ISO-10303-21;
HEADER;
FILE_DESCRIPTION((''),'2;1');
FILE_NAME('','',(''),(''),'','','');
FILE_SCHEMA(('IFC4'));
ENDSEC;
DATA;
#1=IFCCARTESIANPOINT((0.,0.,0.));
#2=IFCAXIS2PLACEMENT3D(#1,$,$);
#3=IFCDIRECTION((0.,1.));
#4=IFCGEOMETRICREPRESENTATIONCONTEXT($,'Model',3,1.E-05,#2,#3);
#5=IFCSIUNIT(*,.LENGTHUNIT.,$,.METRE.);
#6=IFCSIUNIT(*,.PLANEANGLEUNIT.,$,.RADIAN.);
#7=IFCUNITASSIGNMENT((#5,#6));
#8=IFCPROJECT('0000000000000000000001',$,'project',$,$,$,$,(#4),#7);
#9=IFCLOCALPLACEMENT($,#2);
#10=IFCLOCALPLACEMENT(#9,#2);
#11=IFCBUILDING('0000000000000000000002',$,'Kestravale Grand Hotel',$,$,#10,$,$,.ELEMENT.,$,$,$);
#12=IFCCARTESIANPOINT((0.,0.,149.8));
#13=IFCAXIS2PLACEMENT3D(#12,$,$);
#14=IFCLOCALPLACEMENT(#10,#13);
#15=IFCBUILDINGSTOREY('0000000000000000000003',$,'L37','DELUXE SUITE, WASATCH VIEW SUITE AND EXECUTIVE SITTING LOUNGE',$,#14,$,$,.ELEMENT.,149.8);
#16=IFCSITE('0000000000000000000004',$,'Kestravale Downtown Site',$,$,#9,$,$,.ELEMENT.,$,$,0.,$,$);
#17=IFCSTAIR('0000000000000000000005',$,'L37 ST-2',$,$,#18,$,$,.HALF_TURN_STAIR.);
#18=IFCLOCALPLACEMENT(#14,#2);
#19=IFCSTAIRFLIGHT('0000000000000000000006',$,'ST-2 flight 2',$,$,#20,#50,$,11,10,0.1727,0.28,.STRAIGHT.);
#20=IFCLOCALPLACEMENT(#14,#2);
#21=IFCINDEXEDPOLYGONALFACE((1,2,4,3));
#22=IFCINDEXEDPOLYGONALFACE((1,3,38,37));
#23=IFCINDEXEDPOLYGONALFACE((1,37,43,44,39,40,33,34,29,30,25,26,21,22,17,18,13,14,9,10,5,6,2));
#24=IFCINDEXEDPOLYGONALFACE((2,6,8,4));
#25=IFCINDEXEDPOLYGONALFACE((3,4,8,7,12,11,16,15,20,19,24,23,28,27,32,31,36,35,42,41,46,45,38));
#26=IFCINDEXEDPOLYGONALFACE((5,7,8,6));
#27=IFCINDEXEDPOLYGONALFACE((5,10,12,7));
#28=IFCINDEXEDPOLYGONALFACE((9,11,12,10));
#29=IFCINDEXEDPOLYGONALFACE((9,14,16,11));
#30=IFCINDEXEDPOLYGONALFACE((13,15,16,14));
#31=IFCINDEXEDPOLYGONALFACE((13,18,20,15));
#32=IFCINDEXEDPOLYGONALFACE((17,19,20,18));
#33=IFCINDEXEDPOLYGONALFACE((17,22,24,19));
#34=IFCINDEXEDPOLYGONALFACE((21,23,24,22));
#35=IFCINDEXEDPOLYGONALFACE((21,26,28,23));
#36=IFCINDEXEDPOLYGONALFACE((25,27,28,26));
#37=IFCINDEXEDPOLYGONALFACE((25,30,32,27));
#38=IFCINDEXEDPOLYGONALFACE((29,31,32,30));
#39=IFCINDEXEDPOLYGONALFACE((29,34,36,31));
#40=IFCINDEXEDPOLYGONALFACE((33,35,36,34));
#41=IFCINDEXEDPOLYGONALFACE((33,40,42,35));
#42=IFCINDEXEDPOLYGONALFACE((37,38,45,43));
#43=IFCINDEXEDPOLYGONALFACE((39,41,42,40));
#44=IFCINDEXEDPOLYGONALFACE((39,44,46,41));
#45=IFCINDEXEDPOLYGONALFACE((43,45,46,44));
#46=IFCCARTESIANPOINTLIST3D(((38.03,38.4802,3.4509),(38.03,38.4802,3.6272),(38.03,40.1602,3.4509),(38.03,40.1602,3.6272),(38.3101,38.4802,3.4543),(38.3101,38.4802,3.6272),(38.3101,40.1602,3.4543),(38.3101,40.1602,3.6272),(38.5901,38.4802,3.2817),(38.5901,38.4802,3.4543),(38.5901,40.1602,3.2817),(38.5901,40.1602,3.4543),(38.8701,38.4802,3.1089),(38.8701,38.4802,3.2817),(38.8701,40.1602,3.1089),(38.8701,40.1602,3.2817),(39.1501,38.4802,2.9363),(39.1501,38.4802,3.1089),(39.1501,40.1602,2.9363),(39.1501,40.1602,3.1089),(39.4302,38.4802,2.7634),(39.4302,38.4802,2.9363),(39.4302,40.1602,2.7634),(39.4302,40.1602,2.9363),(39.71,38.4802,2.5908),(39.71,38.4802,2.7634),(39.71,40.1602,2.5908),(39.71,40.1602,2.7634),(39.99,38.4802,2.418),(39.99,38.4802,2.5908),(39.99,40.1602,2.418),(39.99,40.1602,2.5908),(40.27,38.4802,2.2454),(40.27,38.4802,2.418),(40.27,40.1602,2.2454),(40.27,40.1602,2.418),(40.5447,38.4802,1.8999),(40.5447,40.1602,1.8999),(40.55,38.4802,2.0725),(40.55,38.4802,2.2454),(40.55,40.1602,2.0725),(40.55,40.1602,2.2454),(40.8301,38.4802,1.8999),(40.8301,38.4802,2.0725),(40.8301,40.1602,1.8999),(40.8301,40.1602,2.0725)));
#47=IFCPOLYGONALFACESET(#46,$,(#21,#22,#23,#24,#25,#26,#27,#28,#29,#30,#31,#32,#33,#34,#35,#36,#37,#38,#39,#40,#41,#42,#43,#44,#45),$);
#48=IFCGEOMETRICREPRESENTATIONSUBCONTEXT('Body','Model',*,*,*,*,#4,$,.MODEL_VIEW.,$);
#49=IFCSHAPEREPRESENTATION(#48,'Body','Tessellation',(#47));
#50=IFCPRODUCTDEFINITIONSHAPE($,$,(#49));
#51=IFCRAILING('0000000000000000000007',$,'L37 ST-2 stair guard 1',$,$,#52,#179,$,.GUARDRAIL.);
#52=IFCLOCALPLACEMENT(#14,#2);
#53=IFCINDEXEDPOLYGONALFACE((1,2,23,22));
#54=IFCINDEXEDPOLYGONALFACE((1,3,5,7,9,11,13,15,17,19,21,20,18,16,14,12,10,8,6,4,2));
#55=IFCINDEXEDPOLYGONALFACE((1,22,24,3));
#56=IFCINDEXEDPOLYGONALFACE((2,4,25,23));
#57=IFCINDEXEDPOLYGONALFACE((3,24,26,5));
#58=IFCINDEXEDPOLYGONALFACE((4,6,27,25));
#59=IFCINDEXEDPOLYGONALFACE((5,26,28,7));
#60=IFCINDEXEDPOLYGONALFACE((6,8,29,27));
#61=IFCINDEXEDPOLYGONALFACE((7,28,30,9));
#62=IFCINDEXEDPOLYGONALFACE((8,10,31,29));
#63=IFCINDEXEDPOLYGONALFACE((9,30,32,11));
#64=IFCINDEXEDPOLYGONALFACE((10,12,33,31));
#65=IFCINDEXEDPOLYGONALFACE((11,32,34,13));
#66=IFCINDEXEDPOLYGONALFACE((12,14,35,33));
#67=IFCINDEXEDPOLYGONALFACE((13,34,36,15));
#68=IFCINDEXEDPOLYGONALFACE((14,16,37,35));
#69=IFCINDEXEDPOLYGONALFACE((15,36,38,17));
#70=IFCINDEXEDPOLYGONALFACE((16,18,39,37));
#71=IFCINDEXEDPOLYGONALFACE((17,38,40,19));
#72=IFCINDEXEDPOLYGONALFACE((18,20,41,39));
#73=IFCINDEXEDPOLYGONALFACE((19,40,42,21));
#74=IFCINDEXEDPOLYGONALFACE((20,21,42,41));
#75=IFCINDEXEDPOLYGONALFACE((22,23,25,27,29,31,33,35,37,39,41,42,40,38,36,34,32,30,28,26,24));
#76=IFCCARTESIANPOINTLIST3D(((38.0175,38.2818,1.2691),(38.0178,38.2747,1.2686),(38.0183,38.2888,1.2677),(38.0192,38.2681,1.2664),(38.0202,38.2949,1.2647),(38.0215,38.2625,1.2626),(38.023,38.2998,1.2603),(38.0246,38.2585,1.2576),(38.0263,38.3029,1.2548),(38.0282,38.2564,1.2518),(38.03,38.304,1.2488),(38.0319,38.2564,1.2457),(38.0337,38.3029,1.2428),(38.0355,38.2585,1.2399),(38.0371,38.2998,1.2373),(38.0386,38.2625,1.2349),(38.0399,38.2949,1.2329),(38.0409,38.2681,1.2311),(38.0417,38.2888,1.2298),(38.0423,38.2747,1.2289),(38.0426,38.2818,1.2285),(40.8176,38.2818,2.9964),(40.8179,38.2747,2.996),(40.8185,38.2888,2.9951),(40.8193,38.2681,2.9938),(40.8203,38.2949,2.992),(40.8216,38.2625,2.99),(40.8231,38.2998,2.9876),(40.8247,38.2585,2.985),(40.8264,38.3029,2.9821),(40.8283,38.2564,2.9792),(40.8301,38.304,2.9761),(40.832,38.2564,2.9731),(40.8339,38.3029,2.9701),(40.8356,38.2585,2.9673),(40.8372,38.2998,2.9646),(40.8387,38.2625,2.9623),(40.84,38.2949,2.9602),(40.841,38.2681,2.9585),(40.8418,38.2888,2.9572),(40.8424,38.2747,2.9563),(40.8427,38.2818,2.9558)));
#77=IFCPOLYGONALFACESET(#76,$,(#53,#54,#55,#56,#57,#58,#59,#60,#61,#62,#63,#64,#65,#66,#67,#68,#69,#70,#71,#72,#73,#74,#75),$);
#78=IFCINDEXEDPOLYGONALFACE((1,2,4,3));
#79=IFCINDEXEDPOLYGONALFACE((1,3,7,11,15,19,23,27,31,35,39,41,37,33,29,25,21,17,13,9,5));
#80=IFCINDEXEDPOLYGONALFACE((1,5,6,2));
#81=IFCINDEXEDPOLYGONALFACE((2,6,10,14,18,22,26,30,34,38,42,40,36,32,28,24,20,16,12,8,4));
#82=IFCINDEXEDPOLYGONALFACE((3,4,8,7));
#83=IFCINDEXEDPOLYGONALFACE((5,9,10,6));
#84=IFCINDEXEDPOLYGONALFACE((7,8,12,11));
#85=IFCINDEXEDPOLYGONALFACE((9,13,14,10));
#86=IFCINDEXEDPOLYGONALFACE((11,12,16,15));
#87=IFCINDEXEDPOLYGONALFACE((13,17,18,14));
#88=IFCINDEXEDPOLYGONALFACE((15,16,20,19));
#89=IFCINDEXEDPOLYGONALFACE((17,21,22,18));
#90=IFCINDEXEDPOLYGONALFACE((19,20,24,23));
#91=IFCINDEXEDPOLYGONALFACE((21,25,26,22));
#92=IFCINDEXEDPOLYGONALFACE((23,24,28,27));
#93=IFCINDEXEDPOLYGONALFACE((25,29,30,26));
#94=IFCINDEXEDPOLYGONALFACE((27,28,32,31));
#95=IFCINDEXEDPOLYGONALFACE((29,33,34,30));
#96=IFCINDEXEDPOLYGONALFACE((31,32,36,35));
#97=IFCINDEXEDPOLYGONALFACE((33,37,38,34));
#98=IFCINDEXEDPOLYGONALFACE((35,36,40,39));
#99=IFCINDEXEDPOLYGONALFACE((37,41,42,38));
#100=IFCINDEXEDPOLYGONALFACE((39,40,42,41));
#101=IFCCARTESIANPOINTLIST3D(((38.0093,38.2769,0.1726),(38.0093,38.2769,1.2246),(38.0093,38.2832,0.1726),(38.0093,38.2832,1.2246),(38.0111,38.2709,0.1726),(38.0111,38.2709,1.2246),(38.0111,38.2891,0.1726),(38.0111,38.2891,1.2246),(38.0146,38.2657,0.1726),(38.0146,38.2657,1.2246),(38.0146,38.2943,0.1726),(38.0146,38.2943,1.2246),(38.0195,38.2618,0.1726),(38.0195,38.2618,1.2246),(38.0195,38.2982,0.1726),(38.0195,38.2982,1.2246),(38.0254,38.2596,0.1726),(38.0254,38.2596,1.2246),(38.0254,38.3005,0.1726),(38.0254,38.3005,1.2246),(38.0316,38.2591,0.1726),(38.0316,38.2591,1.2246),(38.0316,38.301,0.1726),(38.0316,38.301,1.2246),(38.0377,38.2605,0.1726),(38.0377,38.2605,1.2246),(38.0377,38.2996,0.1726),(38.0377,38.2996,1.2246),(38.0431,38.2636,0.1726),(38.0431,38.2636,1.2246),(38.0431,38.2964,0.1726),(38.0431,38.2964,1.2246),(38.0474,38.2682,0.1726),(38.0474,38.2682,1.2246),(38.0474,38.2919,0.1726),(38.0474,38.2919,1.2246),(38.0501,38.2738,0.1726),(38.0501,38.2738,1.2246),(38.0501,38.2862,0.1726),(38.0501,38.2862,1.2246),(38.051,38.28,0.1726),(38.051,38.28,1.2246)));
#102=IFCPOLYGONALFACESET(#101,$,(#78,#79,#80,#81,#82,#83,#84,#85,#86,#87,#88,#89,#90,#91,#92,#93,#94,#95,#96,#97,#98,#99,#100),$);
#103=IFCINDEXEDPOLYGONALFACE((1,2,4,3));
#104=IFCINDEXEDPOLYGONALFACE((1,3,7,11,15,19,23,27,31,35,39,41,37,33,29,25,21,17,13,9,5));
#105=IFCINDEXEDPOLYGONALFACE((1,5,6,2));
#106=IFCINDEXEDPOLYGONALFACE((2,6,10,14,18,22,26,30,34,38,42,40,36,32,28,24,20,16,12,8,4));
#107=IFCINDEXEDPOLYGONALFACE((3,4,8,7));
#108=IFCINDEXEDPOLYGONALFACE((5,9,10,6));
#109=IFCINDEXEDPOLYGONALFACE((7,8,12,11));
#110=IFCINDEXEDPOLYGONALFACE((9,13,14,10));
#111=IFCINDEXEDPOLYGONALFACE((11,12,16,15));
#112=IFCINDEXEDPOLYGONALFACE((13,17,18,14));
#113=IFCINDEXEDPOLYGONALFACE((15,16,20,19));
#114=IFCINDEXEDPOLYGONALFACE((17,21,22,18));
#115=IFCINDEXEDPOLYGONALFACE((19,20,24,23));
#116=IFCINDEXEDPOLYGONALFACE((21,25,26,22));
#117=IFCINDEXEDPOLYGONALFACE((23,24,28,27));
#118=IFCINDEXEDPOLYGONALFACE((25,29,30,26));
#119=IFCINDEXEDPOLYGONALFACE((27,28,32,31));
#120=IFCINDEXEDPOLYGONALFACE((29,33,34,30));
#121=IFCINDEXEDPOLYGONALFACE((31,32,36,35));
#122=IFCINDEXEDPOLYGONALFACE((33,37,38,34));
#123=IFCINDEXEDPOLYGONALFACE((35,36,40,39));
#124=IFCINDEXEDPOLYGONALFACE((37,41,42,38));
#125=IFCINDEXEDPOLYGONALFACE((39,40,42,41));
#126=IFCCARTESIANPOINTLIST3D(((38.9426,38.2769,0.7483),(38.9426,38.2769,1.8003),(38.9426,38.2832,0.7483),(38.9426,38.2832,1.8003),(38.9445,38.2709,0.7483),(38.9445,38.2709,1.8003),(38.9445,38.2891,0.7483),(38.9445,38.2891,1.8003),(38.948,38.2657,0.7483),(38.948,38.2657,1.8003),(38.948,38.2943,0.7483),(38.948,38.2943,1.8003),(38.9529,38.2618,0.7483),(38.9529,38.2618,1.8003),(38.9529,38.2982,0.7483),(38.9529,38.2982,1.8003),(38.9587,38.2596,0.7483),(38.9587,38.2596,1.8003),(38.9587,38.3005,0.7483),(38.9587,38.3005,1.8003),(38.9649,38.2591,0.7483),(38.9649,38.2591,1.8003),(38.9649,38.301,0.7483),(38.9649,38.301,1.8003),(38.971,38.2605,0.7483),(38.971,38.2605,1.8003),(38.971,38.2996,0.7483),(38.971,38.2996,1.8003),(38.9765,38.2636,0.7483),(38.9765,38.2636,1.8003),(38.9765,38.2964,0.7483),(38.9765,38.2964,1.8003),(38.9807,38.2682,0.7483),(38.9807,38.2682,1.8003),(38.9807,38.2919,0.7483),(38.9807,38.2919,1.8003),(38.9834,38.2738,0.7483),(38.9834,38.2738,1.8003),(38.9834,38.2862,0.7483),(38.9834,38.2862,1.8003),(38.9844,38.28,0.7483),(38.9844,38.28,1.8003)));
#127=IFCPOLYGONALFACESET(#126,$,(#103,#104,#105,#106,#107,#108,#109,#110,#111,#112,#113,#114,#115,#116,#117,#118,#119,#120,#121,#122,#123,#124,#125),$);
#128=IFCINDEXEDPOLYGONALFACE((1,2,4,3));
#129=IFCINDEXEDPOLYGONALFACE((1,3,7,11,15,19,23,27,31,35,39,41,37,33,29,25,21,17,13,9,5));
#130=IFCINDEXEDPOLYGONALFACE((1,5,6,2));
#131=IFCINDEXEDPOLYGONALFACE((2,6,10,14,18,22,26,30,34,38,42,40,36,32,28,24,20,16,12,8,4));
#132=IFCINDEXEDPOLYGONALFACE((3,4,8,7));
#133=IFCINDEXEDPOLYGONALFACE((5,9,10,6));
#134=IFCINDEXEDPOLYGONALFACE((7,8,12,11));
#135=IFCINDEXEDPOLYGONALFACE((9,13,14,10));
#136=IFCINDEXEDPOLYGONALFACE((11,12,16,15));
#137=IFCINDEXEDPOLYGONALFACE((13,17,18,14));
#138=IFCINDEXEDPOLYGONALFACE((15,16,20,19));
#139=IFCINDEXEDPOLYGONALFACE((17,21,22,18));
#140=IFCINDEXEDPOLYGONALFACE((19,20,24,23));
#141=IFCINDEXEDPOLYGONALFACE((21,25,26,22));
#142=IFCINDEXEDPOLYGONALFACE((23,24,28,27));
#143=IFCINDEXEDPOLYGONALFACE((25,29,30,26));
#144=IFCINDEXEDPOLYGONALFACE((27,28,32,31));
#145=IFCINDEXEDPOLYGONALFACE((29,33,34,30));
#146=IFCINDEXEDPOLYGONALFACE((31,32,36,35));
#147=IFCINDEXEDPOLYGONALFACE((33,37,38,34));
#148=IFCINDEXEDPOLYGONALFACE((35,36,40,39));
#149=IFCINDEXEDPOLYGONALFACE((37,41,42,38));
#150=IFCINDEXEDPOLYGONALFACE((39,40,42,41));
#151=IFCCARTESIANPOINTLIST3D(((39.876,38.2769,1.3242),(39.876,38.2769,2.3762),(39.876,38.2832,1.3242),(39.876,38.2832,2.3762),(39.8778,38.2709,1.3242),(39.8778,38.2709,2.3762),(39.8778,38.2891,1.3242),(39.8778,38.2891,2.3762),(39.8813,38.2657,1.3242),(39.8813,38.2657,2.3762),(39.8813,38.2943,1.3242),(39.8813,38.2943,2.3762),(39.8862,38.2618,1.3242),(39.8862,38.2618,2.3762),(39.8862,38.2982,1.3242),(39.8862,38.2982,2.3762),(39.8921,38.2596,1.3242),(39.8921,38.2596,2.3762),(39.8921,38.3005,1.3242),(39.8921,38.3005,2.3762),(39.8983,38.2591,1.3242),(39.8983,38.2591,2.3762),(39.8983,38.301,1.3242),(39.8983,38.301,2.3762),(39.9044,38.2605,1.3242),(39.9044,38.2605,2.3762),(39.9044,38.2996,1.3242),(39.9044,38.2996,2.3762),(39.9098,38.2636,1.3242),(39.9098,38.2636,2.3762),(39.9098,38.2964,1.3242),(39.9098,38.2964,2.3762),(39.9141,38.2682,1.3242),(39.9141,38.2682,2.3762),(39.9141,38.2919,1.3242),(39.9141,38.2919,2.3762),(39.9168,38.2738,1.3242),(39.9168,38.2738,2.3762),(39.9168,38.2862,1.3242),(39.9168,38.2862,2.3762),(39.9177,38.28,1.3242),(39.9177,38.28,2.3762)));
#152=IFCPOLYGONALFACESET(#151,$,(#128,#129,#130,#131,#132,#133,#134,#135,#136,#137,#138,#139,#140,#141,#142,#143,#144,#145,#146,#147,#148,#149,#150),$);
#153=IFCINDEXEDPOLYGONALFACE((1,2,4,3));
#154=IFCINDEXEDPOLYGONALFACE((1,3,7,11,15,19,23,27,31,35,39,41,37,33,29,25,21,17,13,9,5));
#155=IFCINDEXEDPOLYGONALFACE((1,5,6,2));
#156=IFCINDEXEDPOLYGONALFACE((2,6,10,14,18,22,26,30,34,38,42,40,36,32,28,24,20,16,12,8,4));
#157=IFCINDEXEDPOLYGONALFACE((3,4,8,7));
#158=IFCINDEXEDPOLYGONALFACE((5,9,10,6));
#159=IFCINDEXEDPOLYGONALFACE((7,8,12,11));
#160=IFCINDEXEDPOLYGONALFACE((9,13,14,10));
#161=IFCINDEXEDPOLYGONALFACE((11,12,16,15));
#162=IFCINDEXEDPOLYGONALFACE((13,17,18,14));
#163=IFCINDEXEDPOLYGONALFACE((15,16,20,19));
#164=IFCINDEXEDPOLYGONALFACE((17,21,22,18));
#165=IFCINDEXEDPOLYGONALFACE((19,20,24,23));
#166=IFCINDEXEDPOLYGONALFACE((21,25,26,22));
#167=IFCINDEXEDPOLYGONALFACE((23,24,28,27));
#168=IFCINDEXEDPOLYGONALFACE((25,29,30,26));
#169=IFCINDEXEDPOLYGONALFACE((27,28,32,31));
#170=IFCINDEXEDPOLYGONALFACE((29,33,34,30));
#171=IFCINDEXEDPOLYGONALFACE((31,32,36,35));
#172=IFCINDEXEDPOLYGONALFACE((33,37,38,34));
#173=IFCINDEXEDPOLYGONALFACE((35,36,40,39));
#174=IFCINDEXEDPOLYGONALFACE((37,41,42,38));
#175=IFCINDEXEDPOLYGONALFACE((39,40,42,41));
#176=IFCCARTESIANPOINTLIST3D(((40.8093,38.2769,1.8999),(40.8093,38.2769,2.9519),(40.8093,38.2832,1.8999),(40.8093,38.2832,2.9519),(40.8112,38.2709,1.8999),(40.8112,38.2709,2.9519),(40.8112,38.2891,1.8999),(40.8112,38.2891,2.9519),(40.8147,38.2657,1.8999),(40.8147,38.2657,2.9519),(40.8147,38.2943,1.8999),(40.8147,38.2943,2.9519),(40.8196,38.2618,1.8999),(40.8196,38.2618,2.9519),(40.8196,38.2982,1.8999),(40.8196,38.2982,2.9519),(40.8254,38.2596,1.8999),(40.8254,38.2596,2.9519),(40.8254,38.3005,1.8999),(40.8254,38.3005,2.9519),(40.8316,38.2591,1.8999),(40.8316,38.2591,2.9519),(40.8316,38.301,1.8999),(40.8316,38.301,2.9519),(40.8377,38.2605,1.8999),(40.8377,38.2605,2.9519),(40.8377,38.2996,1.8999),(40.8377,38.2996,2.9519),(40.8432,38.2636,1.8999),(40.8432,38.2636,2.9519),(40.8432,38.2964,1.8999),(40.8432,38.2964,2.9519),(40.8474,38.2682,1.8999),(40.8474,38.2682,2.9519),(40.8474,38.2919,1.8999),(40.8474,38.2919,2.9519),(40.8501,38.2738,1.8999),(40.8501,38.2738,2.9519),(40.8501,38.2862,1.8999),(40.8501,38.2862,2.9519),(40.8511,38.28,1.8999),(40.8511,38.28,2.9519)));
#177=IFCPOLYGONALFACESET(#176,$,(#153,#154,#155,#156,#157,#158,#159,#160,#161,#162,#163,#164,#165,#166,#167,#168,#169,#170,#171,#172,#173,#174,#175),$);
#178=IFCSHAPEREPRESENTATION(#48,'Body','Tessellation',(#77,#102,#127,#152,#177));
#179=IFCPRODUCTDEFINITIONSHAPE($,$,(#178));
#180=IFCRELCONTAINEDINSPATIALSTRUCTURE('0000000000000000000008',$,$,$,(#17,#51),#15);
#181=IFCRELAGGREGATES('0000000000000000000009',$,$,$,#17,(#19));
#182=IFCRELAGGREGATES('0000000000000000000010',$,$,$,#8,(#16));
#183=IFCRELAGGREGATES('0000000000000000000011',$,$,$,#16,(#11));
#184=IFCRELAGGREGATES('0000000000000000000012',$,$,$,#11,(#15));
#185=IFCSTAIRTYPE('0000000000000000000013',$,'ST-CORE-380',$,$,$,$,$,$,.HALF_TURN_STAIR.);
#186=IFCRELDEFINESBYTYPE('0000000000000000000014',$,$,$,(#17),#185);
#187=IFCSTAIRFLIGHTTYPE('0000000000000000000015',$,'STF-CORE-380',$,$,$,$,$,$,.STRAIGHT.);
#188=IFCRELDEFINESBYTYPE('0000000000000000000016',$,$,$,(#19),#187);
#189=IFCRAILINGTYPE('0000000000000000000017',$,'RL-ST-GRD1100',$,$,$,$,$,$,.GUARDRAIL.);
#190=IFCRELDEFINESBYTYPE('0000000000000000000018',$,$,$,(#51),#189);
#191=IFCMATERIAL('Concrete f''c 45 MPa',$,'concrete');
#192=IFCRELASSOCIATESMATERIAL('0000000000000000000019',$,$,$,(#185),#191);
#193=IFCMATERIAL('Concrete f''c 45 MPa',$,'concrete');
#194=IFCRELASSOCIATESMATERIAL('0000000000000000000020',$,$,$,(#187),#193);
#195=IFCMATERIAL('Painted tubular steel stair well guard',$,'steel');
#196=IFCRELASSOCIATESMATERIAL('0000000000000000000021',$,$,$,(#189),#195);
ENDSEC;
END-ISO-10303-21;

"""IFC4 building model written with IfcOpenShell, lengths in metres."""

from ifc_helpers import new_model, si_unit, direction, frame, origin, origin_2d, place, context, subcontext, project, spatial, polyline, circle, outline, extrude, material, type_object, element, aggregate, save


model = new_model("IFC4")

# Units and contexts
model_context = context("Model", 3, precision=1e-05, world=origin(), true_north=direction((0.0, 1.0)))
body_context = subcontext(model_context, "Body", "Model", "MODEL_VIEW")
ifc_project = project(units=[si_unit("LENGTHUNIT", "METRE"), si_unit("PLANEANGLEUNIT", "RADIAN")], contexts=[model_context])

# Site, building, storey
site_placement = place(None, origin())
site = spatial("IfcSite", under=ifc_project, at=site_placement, Name="Kestravale Downtown Site", CompositionType="ELEMENT", RefElevation=0.0)
building_placement = place(site_placement, origin())
building = spatial("IfcBuilding", under=site, at=building_placement, Name="Kestravale Grand Hotel", CompositionType="ELEMENT")
storey_placement = place(building_placement, frame((0.0, 0.0, 149.8)))
storey = spatial("IfcBuildingStorey", under=building, at=storey_placement, Name="L37", Description="DELUXE SUITE, WASATCH VIEW SUITE AND EXECUTIVE SITTING LOUNGE", CompositionType="ELEMENT", Elevation=149.8)

# Stair, stair flight
ifc_material_1 = material(Name="Concrete f'c 45 MPa", Category="concrete")
stair_type = type_object("IfcStairType", Name="ST-CORE-380", PredefinedType="HALF_TURN_STAIR", material=ifc_material_1)
stair_placement = place(storey_placement, origin())
stair = element("IfcStair", 1, at=stair_placement, inside=storey, type_object=stair_type, Name="L37 ST-2", PredefinedType="HALF_TURN_STAIR")
ifc_material_2 = material(Name="Concrete f'c 45 MPa", Category="concrete")
stair_flight_type = type_object("IfcStairFlightType", Name="STF-CORE-380", PredefinedType="STRAIGHT", material=ifc_material_2)
stair_flight_placement = place(storey_placement, frame((40.8301, 39.3201, 1.8999), z_axis=(0.0, 0.0, 1.0), x_axis=(-1.0, 0.0, 0.0)))
stair_flight = element("IfcStairFlight", 2, at=stair_flight_placement, type_object=stair_flight_type, Name="ST-2 flight 2", NumberOfRisers=11, NumberOfTreads=10, PredefinedType="STRAIGHT", RiserHeight=0.1727, TreadLength=0.28, context=body_context, shape_type="SweptSolid", body=[
    extrude(outline(polyline([(0.0, 0.0), (0.0, 0.1726), (0.28, 0.1726), (0.28, 0.3455), (0.5601, 0.3455), (0.5601, 0.5181), (0.8401, 0.5181), (0.8401, 0.6909), (1.1201, 0.6909), (1.1201, 0.8635), (1.3999, 0.8635), (1.3999, 1.0364), (1.6799, 1.0364), (1.6799, 1.209), (1.96, 1.209), (1.96, 1.3818), (2.24, 1.3818), (2.24, 1.5544), (2.52, 1.5544), (2.52, 1.7273), (2.8, 1.7273), (2.8, 1.8999), (2.8, 1.551), (0.2854, 0.0), (0.0, 0.0)])), frame((0.0, 0.8398, 0.0), z_axis=(0.0, -1.0, 0.0), x_axis=(1.0, 0.0, 0.0)), (0.0, 0.0, 1.0), 1.6799),
])
aggregate(stair, [stair_flight])

# Railing
ifc_material_3 = material(Name="Painted tubular steel stair well guard", Category="steel")
railing_type_1 = type_object("IfcRailingType", Name="RL-ST-GRD1100", PredefinedType="GUARDRAIL", material=ifc_material_3)
railing_1_placement = place(storey_placement, frame((38.03, 38.28, 0.1726)))
element("IfcRailing", 3, at=railing_1_placement, inside=storey, type_object=railing_type_1, Name="L37 ST-2 stair guard 1", PredefinedType="GUARDRAIL", context=body_context, shape_type="SweptSolid", body=[
    extrude(circle(Radius=0.0239, at=origin_2d()), frame((0.0, 0.0, 1.0762), z_axis=(0.85109, 0.0, 0.52502), x_axis=(0.0, 1.0, 0.0)), (0.0, 0.0, 1.0), 3.29),
    extrude(circle(Radius=0.021, at=origin_2d()), origin(), (0.0, 0.0, 1.0), 1.052),
    extrude(circle(Radius=0.021, at=origin_2d()), frame((0.9333, 0.0, 0.5757)), (0.0, 0.0, 1.0), 1.052),
    extrude(circle(Radius=0.021, at=origin_2d()), frame((1.8667, 0.0, 1.1516)), (0.0, 0.0, 1.0), 1.052),
    extrude(circle(Radius=0.021, at=origin_2d()), frame((2.8, 0.0, 1.7273)), (0.0, 0.0, 1.0), 1.052),
])

save(model, "model.ifc")
